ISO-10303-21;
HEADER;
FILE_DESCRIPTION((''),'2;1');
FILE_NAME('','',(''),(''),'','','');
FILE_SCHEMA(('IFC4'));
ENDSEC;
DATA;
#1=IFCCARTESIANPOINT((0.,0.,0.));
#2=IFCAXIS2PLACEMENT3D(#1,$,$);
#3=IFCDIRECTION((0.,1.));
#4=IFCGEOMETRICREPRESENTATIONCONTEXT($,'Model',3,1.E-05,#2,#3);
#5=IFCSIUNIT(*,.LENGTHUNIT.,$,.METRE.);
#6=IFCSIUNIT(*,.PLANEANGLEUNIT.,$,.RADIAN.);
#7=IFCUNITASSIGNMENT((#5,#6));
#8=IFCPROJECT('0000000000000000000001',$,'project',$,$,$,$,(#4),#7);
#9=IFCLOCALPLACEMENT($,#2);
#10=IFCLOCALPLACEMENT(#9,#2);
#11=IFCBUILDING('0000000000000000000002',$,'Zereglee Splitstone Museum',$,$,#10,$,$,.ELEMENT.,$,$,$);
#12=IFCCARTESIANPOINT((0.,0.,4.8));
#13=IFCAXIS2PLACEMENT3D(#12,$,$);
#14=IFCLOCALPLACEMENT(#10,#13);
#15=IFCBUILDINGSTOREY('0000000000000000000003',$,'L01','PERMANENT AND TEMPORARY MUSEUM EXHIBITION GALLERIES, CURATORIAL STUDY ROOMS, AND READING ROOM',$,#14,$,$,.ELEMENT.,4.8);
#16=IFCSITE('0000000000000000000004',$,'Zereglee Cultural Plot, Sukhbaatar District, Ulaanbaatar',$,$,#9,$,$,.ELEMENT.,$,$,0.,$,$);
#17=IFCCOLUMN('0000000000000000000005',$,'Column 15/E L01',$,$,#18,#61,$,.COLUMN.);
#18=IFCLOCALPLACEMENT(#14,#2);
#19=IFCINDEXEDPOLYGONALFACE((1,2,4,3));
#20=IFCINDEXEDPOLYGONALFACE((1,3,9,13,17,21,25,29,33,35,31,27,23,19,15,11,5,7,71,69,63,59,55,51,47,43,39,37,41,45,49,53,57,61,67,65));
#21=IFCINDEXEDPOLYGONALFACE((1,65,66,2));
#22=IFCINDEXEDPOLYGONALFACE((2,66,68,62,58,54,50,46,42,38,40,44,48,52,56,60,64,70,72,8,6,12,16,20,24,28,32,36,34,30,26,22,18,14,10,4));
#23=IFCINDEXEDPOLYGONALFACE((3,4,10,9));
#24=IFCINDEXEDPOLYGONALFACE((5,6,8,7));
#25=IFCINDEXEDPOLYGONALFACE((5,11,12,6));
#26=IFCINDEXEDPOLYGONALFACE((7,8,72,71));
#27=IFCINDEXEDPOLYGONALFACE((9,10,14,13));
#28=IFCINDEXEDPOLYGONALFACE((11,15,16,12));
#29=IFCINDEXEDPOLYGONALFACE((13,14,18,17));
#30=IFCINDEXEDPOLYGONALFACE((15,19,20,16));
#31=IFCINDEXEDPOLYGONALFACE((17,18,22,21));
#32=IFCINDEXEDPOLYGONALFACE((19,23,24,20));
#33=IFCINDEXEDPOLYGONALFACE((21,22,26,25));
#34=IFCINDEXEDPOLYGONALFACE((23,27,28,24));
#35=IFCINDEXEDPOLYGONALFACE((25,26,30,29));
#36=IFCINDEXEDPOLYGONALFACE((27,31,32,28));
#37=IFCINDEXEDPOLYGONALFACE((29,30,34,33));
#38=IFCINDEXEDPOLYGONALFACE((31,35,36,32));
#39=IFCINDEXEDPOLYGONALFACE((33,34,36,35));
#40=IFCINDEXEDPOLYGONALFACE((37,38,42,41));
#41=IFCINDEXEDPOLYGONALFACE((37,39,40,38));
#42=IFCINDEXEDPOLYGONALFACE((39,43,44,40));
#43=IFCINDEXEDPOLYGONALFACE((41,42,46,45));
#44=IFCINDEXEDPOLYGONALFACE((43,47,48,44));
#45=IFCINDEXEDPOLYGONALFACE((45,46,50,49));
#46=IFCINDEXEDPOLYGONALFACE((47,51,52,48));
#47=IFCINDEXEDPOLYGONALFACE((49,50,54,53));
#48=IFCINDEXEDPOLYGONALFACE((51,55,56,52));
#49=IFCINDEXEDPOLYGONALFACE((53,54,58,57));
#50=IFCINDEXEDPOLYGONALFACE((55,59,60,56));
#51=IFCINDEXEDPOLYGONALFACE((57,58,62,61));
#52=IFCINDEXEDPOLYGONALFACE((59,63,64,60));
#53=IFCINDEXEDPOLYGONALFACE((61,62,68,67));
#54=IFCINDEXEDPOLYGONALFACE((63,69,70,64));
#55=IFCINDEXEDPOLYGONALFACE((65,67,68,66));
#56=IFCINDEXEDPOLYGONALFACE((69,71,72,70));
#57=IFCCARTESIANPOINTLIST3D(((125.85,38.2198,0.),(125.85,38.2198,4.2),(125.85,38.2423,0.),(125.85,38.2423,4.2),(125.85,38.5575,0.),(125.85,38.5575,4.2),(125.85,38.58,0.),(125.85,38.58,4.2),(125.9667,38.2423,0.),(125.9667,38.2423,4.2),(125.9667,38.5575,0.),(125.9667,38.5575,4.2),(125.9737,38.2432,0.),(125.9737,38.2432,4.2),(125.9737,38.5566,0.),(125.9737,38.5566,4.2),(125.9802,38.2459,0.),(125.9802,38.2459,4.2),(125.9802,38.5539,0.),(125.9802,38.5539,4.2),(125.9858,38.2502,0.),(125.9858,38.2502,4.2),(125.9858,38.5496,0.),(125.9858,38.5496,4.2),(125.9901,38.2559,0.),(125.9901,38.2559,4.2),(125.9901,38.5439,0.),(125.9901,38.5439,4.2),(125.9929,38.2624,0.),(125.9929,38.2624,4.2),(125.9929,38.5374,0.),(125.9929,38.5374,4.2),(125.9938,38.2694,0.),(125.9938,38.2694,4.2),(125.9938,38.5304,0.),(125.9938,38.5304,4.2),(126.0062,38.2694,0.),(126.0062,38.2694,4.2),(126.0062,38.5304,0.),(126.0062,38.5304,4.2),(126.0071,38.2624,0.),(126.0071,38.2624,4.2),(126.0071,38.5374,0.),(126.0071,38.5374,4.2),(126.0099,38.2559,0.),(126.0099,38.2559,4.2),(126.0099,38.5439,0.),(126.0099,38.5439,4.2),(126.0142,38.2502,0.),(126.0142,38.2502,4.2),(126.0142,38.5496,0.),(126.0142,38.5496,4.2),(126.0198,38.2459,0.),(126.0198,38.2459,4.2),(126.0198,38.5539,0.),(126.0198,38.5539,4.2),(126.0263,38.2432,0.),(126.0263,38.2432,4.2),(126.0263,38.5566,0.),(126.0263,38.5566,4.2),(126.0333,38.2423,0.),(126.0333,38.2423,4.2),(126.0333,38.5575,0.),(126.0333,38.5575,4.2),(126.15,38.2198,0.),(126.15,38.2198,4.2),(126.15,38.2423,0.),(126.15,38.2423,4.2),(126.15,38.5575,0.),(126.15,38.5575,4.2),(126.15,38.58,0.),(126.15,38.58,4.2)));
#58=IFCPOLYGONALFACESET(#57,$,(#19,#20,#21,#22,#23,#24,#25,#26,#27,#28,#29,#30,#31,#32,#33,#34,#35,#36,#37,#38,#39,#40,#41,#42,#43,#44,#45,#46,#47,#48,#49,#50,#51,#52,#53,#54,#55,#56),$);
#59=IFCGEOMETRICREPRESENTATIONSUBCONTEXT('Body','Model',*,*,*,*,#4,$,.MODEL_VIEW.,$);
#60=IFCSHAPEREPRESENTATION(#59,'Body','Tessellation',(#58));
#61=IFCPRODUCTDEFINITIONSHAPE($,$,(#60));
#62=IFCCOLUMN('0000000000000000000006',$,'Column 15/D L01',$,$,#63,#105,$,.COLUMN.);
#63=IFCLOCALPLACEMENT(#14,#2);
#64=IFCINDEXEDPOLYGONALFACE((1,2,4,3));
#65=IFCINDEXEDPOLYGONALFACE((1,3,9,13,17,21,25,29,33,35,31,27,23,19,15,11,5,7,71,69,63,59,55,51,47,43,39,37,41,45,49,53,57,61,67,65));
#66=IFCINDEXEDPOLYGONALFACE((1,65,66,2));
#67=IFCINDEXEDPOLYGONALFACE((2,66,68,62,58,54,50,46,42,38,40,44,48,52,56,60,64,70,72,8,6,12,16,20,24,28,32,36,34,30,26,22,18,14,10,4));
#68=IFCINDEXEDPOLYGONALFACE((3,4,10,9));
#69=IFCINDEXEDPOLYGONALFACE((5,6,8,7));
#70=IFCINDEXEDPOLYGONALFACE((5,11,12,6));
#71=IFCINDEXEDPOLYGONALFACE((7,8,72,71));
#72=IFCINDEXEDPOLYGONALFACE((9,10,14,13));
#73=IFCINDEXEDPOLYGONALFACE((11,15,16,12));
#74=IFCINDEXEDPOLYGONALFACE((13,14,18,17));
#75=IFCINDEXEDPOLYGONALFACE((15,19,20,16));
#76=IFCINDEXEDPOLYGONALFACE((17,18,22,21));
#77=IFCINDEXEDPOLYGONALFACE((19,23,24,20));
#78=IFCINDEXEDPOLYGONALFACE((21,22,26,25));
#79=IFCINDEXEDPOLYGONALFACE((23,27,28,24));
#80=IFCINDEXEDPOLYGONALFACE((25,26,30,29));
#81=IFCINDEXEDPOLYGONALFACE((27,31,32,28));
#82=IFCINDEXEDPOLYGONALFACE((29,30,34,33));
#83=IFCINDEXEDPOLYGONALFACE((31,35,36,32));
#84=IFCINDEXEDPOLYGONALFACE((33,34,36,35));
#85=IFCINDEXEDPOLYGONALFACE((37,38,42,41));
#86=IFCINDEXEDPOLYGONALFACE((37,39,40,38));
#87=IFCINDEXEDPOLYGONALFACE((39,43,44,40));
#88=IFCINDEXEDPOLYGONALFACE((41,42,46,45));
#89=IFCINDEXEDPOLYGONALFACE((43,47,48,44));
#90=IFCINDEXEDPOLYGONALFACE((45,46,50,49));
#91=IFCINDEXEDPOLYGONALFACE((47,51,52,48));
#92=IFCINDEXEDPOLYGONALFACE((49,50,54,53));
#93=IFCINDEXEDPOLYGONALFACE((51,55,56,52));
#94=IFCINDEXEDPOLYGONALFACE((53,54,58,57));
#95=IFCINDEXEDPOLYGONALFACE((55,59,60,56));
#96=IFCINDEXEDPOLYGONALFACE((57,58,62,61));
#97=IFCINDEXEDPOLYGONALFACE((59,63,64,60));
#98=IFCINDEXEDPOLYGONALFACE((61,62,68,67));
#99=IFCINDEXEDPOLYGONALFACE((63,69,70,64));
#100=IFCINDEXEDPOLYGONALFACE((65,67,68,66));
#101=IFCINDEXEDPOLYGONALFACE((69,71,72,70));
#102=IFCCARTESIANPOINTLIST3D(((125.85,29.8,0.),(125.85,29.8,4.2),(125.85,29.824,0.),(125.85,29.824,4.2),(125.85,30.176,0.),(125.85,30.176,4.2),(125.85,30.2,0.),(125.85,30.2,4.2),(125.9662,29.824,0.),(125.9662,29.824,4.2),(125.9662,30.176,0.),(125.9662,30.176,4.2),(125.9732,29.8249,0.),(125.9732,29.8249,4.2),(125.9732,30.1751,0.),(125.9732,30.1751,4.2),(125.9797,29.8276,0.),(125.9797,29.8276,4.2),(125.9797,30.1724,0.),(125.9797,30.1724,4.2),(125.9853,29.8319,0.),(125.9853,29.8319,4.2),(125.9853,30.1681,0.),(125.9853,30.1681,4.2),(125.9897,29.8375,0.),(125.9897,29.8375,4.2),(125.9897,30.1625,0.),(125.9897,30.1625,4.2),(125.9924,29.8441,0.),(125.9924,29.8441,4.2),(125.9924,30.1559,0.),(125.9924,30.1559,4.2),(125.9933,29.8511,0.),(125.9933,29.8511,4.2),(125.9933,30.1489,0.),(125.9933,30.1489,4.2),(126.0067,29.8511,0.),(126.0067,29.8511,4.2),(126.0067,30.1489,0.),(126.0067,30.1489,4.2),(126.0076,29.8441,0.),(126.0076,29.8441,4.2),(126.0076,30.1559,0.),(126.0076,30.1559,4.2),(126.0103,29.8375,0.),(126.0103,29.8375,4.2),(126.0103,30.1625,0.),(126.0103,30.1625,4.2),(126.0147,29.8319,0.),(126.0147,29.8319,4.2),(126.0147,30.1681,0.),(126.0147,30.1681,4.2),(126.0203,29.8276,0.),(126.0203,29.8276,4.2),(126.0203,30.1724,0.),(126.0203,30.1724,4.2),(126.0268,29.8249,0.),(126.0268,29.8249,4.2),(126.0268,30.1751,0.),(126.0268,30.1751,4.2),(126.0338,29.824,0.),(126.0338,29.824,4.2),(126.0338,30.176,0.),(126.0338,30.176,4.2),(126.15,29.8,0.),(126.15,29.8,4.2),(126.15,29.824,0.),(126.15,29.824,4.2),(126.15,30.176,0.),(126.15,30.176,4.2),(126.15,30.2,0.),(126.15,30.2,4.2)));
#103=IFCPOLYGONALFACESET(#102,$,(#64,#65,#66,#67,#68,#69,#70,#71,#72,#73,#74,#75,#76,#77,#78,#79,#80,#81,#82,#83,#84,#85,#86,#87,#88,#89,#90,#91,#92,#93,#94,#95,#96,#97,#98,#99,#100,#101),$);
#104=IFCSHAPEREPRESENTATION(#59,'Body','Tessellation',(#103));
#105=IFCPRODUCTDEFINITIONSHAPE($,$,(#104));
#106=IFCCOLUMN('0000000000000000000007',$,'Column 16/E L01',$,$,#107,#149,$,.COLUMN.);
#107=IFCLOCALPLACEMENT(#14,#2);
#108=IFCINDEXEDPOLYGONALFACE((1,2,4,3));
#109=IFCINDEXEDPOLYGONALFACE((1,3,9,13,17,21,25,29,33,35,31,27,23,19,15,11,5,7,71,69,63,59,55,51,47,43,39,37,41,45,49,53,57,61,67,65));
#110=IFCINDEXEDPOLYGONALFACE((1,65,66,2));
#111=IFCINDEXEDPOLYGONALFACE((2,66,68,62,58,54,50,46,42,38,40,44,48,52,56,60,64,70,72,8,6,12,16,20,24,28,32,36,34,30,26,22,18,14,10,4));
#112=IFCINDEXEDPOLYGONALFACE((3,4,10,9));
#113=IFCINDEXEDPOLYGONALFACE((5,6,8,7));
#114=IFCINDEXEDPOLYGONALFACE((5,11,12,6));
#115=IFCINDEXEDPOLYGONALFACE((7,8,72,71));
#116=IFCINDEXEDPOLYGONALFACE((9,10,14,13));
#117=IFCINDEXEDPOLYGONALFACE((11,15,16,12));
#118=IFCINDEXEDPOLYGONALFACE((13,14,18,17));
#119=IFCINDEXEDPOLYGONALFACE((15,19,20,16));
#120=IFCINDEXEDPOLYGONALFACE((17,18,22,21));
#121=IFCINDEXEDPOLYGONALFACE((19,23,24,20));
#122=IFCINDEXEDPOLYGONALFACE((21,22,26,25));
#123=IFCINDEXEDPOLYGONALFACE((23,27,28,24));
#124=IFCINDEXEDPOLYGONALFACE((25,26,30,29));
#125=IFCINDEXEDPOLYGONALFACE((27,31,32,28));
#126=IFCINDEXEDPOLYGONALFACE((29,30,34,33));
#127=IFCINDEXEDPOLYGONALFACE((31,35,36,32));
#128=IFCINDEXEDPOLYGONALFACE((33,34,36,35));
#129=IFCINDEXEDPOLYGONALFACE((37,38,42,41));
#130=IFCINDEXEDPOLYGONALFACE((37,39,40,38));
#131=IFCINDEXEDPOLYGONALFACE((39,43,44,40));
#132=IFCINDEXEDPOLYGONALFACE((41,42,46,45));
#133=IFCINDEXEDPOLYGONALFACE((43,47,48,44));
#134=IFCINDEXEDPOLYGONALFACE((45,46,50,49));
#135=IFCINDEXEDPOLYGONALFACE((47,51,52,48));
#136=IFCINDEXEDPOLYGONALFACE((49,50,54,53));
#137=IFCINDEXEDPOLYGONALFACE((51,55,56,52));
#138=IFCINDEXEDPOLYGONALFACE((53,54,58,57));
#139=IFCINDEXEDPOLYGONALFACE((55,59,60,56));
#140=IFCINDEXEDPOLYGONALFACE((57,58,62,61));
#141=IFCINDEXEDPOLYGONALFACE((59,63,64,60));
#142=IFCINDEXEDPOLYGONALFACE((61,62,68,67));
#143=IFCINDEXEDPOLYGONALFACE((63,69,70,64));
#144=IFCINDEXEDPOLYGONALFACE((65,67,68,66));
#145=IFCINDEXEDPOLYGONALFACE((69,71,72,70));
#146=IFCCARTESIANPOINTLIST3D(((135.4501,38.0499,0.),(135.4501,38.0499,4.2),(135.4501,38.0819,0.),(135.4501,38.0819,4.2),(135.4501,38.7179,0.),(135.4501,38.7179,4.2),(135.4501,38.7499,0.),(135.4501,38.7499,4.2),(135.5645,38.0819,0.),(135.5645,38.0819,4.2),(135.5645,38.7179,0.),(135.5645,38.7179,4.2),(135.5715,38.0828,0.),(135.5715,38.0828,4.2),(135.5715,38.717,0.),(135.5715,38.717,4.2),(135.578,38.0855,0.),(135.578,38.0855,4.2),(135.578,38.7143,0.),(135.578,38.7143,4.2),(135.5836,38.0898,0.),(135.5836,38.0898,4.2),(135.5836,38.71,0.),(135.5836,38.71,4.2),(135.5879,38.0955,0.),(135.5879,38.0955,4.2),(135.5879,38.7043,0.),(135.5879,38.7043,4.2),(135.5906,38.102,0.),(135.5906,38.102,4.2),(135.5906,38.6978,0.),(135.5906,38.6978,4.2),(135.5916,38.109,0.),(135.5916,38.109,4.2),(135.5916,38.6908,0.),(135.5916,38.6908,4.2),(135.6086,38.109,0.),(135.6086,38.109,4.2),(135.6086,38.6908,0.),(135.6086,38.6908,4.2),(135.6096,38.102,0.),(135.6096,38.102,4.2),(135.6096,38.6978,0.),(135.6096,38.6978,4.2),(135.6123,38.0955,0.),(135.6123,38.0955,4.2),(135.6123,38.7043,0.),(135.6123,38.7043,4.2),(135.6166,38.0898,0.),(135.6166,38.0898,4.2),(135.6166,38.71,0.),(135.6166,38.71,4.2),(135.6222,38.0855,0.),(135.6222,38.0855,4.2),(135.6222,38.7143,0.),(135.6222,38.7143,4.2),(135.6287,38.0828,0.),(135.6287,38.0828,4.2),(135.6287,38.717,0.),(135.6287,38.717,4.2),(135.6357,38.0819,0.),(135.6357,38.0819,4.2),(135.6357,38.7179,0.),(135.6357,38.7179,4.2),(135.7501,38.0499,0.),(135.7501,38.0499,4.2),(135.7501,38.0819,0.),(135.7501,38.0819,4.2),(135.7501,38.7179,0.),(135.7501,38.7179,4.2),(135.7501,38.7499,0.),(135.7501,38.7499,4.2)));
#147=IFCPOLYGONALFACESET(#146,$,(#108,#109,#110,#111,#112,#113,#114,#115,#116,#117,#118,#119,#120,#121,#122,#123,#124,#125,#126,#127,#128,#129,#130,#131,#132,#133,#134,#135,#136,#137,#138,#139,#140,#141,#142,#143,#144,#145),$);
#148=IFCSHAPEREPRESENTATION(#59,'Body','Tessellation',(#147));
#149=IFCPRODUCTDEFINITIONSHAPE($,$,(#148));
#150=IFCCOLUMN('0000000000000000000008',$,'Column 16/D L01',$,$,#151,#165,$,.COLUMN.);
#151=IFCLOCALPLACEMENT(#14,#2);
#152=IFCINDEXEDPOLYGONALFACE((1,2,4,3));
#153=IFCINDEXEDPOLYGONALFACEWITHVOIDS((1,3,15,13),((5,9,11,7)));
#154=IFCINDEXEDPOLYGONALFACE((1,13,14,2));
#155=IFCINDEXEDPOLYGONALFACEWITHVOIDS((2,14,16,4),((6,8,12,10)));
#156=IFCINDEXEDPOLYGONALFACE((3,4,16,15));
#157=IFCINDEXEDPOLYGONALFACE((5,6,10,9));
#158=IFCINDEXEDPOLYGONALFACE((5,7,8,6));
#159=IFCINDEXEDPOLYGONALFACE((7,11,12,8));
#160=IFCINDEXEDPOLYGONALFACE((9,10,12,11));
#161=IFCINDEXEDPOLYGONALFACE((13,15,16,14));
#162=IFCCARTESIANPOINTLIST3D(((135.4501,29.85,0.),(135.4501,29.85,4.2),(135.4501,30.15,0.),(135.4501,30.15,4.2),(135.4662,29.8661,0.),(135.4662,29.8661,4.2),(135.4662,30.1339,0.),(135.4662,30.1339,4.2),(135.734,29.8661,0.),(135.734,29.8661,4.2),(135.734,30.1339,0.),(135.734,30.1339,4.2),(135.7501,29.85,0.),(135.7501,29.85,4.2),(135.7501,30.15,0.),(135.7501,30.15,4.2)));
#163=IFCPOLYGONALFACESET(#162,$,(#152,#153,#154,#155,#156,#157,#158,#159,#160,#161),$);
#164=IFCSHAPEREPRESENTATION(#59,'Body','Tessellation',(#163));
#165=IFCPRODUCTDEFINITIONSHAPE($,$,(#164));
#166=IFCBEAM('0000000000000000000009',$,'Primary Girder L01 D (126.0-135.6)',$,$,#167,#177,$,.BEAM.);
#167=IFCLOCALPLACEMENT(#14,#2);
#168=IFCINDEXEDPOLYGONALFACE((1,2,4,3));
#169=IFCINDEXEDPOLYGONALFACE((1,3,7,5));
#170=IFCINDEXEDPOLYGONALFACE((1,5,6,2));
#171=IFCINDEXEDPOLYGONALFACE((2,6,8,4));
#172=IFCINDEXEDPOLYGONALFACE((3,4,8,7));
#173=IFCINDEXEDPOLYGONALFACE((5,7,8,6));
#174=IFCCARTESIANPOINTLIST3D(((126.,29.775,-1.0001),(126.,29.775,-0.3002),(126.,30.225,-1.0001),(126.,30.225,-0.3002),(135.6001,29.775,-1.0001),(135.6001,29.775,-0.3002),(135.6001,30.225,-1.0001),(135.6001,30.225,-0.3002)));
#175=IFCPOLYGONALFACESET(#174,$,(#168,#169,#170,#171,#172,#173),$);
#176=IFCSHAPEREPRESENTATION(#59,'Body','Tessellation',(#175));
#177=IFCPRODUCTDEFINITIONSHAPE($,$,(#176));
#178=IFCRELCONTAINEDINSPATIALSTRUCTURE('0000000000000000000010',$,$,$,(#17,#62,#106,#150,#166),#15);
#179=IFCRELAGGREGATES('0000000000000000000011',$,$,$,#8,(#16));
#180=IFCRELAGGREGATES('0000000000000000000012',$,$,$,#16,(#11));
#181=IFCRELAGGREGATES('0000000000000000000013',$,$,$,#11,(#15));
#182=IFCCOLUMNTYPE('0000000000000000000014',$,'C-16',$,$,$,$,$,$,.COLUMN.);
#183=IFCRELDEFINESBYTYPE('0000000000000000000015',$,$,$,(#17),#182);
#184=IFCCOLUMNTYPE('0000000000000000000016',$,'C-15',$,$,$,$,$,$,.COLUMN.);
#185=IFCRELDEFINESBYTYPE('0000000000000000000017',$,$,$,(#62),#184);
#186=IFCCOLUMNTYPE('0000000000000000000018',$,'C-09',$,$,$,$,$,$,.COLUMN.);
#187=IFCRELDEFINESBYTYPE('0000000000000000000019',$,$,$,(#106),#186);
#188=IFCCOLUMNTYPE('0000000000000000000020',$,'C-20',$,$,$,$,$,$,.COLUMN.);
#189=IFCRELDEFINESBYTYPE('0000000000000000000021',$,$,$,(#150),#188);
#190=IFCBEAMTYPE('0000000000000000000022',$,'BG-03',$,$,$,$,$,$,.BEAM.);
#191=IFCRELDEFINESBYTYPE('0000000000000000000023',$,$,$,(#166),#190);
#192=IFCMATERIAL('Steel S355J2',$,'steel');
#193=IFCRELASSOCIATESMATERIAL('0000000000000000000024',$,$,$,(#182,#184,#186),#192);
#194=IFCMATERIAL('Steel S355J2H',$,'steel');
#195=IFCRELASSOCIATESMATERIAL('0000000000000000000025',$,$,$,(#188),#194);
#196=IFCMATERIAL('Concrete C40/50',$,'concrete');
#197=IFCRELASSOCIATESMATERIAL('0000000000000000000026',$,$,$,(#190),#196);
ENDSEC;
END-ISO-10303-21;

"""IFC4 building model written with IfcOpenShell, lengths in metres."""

from ifc_helpers import new_model, si_unit, direction, frame, origin, origin_2d, place, context, subcontext, project, spatial, rectangle, hollow_rectangle, i_section, extrude, material, material_profile, profile_set, type_object, element, save


model = new_model("IFC4")

# Units and contexts
model_context = context("Model", 3, precision=1e-05, world=origin(), true_north=direction((0.0, 1.0)))
body_context = subcontext(model_context, "Body", "Model", "MODEL_VIEW")
ifc_project = project(units=[si_unit("LENGTHUNIT", "METRE"), si_unit("PLANEANGLEUNIT", "RADIAN")], contexts=[model_context])

# Site, building, storey
site_placement = place(None, origin())
site = spatial("IfcSite", under=ifc_project, at=site_placement, Name="Zereglee Cultural Plot, Sukhbaatar District, Ulaanbaatar", CompositionType="ELEMENT", RefElevation=0.0)
building_placement = place(site_placement, origin())
building = spatial("IfcBuilding", under=site, at=building_placement, Name="Zereglee Splitstone Museum", CompositionType="ELEMENT")
storey_placement = place(building_placement, frame((0.0, 0.0, 4.8)))
storey = spatial("IfcBuildingStorey", under=building, at=storey_placement, Name="L01", Description="PERMANENT AND TEMPORARY MUSEUM EXHIBITION GALLERIES, CURATORIAL STUDY ROOMS, AND READING ROOM", CompositionType="ELEMENT", Elevation=4.8)

# Columns
ifc_material_1 = material(Name="Steel S355J2", Category="steel")
ifc_material_profile_1 = material_profile(ifc_material_1, i_section(OverallWidth=0.3, OverallDepth=0.3601, WebThickness=0.0125, FlangeThickness=0.0225, FilletRadius=0.0271, at=origin_2d()), Name="HE 360 B")
ifc_profile_set_1 = profile_set([ifc_material_profile_1], Name="Steel S355J2")
column_type_1 = type_object("IfcColumnType", Name="C-16", PredefinedType="COLUMN", material=ifc_profile_set_1)
column_1_placement = place(storey_placement, frame((126.0, 38.3999, 0.0), z_axis=(0.0, 0.0, 1.0), x_axis=(1.0, 0.0, 0.0)))
element("IfcColumn", 1, at=column_1_placement, inside=storey, type_object=column_type_1, Name="Column 15/E L01", PredefinedType="COLUMN", context=body_context, shape_type="SweptSolid", body=[
    extrude(i_section(OverallWidth=0.3, OverallDepth=0.3601, WebThickness=0.0125, FlangeThickness=0.0225, FilletRadius=0.0271, at=origin_2d()), origin(), (0.0, 0.0, 1.0), 4.2),
])
ifc_material_profile_2 = material_profile(ifc_material_1, i_section(OverallWidth=0.3, OverallDepth=0.3999, WebThickness=0.0134, FlangeThickness=0.0239, FilletRadius=0.0271, at=origin_2d()), Name="HE 400 B")
ifc_profile_set_2 = profile_set([ifc_material_profile_2], Name="Steel S355J2")
column_type_2 = type_object("IfcColumnType", Name="C-15", PredefinedType="COLUMN", material=ifc_profile_set_2)
column_2_placement = place(storey_placement, frame((126.0, 30.0, 0.0), z_axis=(0.0, 0.0, 1.0), x_axis=(1.0, 0.0, 0.0)))
element("IfcColumn", 2, at=column_2_placement, inside=storey, type_object=column_type_2, Name="Column 15/D L01", PredefinedType="COLUMN", context=body_context, shape_type="SweptSolid", body=[
    extrude(i_section(OverallWidth=0.3, OverallDepth=0.3999, WebThickness=0.0134, FlangeThickness=0.0239, FilletRadius=0.0271, at=origin_2d()), origin(), (0.0, 0.0, 1.0), 4.2),
])
ifc_material_profile_3 = material_profile(ifc_material_1, i_section(OverallWidth=0.3, OverallDepth=0.7, WebThickness=0.0171, FlangeThickness=0.032, FilletRadius=0.0271, at=origin_2d()), Name="HE 700 B")
ifc_profile_set_3 = profile_set([ifc_material_profile_3], Name="Steel S355J2")
column_type_3 = type_object("IfcColumnType", Name="C-09", PredefinedType="COLUMN", material=ifc_profile_set_3)
column_3_placement = place(storey_placement, frame((135.6001, 38.3999, 0.0), z_axis=(0.0, 0.0, 1.0), x_axis=(1.0, 0.0, 0.0)))
element("IfcColumn", 3, at=column_3_placement, inside=storey, type_object=column_type_3, Name="Column 16/E L01", PredefinedType="COLUMN", context=body_context, shape_type="SweptSolid", body=[
    extrude(i_section(OverallWidth=0.3, OverallDepth=0.7, WebThickness=0.0171, FlangeThickness=0.032, FilletRadius=0.0271, at=origin_2d()), origin(), (0.0, 0.0, 1.0), 4.2),
])
ifc_material_2 = material(Name="Steel S355J2H", Category="steel")
ifc_material_profile_4 = material_profile(ifc_material_2, hollow_rectangle(XDim=0.3, YDim=0.3, WallThickness=0.0161, at=origin_2d()), Name="SHS 300x300x16")
ifc_profile_set_4 = profile_set([ifc_material_profile_4], Name="Steel S355J2H")
column_type_4 = type_object("IfcColumnType", Name="C-20", PredefinedType="COLUMN", material=ifc_profile_set_4)
column_4_placement = place(storey_placement, frame((135.6001, 30.0, 0.0), z_axis=(0.0, 0.0, 1.0), x_axis=(1.0, 0.0, 0.0)))
element("IfcColumn", 4, at=column_4_placement, inside=storey, type_object=column_type_4, Name="Column 16/D L01", PredefinedType="COLUMN", context=body_context, shape_type="SweptSolid", body=[
    extrude(hollow_rectangle(XDim=0.3, YDim=0.3, WallThickness=0.0161, at=origin_2d()), origin(), (0.0, 0.0, 1.0), 4.2),
])

# Beam
ifc_material_3 = material(Name="Concrete C40/50", Category="concrete")
ifc_material_profile_5 = material_profile(ifc_material_3, rectangle(XDim=0.45, YDim=0.7, at=origin_2d()), Name="RC 450x700")
ifc_profile_set_5 = profile_set([ifc_material_profile_5], Name="Concrete C40/50")
beam_type_1 = type_object("IfcBeamType", Name="BG-03", PredefinedType="BEAM", material=ifc_profile_set_5)
beam_1_placement = place(storey_placement, frame((126.0, 30.0, -0.6501), z_axis=(1.0, 0.0, 0.0), x_axis=(0.0, 1.0, 0.0)))
element("IfcBeam", 5, at=beam_1_placement, inside=storey, type_object=beam_type_1, Name="Primary Girder L01 D (126.0-135.6)", PredefinedType="BEAM", context=body_context, shape_type="SweptSolid", body=[
    extrude(rectangle(XDim=0.45, YDim=0.7, at=origin_2d()), origin(), (0.0, 0.0, 1.0), 9.6001),
])

save(model, "model.ifc")
